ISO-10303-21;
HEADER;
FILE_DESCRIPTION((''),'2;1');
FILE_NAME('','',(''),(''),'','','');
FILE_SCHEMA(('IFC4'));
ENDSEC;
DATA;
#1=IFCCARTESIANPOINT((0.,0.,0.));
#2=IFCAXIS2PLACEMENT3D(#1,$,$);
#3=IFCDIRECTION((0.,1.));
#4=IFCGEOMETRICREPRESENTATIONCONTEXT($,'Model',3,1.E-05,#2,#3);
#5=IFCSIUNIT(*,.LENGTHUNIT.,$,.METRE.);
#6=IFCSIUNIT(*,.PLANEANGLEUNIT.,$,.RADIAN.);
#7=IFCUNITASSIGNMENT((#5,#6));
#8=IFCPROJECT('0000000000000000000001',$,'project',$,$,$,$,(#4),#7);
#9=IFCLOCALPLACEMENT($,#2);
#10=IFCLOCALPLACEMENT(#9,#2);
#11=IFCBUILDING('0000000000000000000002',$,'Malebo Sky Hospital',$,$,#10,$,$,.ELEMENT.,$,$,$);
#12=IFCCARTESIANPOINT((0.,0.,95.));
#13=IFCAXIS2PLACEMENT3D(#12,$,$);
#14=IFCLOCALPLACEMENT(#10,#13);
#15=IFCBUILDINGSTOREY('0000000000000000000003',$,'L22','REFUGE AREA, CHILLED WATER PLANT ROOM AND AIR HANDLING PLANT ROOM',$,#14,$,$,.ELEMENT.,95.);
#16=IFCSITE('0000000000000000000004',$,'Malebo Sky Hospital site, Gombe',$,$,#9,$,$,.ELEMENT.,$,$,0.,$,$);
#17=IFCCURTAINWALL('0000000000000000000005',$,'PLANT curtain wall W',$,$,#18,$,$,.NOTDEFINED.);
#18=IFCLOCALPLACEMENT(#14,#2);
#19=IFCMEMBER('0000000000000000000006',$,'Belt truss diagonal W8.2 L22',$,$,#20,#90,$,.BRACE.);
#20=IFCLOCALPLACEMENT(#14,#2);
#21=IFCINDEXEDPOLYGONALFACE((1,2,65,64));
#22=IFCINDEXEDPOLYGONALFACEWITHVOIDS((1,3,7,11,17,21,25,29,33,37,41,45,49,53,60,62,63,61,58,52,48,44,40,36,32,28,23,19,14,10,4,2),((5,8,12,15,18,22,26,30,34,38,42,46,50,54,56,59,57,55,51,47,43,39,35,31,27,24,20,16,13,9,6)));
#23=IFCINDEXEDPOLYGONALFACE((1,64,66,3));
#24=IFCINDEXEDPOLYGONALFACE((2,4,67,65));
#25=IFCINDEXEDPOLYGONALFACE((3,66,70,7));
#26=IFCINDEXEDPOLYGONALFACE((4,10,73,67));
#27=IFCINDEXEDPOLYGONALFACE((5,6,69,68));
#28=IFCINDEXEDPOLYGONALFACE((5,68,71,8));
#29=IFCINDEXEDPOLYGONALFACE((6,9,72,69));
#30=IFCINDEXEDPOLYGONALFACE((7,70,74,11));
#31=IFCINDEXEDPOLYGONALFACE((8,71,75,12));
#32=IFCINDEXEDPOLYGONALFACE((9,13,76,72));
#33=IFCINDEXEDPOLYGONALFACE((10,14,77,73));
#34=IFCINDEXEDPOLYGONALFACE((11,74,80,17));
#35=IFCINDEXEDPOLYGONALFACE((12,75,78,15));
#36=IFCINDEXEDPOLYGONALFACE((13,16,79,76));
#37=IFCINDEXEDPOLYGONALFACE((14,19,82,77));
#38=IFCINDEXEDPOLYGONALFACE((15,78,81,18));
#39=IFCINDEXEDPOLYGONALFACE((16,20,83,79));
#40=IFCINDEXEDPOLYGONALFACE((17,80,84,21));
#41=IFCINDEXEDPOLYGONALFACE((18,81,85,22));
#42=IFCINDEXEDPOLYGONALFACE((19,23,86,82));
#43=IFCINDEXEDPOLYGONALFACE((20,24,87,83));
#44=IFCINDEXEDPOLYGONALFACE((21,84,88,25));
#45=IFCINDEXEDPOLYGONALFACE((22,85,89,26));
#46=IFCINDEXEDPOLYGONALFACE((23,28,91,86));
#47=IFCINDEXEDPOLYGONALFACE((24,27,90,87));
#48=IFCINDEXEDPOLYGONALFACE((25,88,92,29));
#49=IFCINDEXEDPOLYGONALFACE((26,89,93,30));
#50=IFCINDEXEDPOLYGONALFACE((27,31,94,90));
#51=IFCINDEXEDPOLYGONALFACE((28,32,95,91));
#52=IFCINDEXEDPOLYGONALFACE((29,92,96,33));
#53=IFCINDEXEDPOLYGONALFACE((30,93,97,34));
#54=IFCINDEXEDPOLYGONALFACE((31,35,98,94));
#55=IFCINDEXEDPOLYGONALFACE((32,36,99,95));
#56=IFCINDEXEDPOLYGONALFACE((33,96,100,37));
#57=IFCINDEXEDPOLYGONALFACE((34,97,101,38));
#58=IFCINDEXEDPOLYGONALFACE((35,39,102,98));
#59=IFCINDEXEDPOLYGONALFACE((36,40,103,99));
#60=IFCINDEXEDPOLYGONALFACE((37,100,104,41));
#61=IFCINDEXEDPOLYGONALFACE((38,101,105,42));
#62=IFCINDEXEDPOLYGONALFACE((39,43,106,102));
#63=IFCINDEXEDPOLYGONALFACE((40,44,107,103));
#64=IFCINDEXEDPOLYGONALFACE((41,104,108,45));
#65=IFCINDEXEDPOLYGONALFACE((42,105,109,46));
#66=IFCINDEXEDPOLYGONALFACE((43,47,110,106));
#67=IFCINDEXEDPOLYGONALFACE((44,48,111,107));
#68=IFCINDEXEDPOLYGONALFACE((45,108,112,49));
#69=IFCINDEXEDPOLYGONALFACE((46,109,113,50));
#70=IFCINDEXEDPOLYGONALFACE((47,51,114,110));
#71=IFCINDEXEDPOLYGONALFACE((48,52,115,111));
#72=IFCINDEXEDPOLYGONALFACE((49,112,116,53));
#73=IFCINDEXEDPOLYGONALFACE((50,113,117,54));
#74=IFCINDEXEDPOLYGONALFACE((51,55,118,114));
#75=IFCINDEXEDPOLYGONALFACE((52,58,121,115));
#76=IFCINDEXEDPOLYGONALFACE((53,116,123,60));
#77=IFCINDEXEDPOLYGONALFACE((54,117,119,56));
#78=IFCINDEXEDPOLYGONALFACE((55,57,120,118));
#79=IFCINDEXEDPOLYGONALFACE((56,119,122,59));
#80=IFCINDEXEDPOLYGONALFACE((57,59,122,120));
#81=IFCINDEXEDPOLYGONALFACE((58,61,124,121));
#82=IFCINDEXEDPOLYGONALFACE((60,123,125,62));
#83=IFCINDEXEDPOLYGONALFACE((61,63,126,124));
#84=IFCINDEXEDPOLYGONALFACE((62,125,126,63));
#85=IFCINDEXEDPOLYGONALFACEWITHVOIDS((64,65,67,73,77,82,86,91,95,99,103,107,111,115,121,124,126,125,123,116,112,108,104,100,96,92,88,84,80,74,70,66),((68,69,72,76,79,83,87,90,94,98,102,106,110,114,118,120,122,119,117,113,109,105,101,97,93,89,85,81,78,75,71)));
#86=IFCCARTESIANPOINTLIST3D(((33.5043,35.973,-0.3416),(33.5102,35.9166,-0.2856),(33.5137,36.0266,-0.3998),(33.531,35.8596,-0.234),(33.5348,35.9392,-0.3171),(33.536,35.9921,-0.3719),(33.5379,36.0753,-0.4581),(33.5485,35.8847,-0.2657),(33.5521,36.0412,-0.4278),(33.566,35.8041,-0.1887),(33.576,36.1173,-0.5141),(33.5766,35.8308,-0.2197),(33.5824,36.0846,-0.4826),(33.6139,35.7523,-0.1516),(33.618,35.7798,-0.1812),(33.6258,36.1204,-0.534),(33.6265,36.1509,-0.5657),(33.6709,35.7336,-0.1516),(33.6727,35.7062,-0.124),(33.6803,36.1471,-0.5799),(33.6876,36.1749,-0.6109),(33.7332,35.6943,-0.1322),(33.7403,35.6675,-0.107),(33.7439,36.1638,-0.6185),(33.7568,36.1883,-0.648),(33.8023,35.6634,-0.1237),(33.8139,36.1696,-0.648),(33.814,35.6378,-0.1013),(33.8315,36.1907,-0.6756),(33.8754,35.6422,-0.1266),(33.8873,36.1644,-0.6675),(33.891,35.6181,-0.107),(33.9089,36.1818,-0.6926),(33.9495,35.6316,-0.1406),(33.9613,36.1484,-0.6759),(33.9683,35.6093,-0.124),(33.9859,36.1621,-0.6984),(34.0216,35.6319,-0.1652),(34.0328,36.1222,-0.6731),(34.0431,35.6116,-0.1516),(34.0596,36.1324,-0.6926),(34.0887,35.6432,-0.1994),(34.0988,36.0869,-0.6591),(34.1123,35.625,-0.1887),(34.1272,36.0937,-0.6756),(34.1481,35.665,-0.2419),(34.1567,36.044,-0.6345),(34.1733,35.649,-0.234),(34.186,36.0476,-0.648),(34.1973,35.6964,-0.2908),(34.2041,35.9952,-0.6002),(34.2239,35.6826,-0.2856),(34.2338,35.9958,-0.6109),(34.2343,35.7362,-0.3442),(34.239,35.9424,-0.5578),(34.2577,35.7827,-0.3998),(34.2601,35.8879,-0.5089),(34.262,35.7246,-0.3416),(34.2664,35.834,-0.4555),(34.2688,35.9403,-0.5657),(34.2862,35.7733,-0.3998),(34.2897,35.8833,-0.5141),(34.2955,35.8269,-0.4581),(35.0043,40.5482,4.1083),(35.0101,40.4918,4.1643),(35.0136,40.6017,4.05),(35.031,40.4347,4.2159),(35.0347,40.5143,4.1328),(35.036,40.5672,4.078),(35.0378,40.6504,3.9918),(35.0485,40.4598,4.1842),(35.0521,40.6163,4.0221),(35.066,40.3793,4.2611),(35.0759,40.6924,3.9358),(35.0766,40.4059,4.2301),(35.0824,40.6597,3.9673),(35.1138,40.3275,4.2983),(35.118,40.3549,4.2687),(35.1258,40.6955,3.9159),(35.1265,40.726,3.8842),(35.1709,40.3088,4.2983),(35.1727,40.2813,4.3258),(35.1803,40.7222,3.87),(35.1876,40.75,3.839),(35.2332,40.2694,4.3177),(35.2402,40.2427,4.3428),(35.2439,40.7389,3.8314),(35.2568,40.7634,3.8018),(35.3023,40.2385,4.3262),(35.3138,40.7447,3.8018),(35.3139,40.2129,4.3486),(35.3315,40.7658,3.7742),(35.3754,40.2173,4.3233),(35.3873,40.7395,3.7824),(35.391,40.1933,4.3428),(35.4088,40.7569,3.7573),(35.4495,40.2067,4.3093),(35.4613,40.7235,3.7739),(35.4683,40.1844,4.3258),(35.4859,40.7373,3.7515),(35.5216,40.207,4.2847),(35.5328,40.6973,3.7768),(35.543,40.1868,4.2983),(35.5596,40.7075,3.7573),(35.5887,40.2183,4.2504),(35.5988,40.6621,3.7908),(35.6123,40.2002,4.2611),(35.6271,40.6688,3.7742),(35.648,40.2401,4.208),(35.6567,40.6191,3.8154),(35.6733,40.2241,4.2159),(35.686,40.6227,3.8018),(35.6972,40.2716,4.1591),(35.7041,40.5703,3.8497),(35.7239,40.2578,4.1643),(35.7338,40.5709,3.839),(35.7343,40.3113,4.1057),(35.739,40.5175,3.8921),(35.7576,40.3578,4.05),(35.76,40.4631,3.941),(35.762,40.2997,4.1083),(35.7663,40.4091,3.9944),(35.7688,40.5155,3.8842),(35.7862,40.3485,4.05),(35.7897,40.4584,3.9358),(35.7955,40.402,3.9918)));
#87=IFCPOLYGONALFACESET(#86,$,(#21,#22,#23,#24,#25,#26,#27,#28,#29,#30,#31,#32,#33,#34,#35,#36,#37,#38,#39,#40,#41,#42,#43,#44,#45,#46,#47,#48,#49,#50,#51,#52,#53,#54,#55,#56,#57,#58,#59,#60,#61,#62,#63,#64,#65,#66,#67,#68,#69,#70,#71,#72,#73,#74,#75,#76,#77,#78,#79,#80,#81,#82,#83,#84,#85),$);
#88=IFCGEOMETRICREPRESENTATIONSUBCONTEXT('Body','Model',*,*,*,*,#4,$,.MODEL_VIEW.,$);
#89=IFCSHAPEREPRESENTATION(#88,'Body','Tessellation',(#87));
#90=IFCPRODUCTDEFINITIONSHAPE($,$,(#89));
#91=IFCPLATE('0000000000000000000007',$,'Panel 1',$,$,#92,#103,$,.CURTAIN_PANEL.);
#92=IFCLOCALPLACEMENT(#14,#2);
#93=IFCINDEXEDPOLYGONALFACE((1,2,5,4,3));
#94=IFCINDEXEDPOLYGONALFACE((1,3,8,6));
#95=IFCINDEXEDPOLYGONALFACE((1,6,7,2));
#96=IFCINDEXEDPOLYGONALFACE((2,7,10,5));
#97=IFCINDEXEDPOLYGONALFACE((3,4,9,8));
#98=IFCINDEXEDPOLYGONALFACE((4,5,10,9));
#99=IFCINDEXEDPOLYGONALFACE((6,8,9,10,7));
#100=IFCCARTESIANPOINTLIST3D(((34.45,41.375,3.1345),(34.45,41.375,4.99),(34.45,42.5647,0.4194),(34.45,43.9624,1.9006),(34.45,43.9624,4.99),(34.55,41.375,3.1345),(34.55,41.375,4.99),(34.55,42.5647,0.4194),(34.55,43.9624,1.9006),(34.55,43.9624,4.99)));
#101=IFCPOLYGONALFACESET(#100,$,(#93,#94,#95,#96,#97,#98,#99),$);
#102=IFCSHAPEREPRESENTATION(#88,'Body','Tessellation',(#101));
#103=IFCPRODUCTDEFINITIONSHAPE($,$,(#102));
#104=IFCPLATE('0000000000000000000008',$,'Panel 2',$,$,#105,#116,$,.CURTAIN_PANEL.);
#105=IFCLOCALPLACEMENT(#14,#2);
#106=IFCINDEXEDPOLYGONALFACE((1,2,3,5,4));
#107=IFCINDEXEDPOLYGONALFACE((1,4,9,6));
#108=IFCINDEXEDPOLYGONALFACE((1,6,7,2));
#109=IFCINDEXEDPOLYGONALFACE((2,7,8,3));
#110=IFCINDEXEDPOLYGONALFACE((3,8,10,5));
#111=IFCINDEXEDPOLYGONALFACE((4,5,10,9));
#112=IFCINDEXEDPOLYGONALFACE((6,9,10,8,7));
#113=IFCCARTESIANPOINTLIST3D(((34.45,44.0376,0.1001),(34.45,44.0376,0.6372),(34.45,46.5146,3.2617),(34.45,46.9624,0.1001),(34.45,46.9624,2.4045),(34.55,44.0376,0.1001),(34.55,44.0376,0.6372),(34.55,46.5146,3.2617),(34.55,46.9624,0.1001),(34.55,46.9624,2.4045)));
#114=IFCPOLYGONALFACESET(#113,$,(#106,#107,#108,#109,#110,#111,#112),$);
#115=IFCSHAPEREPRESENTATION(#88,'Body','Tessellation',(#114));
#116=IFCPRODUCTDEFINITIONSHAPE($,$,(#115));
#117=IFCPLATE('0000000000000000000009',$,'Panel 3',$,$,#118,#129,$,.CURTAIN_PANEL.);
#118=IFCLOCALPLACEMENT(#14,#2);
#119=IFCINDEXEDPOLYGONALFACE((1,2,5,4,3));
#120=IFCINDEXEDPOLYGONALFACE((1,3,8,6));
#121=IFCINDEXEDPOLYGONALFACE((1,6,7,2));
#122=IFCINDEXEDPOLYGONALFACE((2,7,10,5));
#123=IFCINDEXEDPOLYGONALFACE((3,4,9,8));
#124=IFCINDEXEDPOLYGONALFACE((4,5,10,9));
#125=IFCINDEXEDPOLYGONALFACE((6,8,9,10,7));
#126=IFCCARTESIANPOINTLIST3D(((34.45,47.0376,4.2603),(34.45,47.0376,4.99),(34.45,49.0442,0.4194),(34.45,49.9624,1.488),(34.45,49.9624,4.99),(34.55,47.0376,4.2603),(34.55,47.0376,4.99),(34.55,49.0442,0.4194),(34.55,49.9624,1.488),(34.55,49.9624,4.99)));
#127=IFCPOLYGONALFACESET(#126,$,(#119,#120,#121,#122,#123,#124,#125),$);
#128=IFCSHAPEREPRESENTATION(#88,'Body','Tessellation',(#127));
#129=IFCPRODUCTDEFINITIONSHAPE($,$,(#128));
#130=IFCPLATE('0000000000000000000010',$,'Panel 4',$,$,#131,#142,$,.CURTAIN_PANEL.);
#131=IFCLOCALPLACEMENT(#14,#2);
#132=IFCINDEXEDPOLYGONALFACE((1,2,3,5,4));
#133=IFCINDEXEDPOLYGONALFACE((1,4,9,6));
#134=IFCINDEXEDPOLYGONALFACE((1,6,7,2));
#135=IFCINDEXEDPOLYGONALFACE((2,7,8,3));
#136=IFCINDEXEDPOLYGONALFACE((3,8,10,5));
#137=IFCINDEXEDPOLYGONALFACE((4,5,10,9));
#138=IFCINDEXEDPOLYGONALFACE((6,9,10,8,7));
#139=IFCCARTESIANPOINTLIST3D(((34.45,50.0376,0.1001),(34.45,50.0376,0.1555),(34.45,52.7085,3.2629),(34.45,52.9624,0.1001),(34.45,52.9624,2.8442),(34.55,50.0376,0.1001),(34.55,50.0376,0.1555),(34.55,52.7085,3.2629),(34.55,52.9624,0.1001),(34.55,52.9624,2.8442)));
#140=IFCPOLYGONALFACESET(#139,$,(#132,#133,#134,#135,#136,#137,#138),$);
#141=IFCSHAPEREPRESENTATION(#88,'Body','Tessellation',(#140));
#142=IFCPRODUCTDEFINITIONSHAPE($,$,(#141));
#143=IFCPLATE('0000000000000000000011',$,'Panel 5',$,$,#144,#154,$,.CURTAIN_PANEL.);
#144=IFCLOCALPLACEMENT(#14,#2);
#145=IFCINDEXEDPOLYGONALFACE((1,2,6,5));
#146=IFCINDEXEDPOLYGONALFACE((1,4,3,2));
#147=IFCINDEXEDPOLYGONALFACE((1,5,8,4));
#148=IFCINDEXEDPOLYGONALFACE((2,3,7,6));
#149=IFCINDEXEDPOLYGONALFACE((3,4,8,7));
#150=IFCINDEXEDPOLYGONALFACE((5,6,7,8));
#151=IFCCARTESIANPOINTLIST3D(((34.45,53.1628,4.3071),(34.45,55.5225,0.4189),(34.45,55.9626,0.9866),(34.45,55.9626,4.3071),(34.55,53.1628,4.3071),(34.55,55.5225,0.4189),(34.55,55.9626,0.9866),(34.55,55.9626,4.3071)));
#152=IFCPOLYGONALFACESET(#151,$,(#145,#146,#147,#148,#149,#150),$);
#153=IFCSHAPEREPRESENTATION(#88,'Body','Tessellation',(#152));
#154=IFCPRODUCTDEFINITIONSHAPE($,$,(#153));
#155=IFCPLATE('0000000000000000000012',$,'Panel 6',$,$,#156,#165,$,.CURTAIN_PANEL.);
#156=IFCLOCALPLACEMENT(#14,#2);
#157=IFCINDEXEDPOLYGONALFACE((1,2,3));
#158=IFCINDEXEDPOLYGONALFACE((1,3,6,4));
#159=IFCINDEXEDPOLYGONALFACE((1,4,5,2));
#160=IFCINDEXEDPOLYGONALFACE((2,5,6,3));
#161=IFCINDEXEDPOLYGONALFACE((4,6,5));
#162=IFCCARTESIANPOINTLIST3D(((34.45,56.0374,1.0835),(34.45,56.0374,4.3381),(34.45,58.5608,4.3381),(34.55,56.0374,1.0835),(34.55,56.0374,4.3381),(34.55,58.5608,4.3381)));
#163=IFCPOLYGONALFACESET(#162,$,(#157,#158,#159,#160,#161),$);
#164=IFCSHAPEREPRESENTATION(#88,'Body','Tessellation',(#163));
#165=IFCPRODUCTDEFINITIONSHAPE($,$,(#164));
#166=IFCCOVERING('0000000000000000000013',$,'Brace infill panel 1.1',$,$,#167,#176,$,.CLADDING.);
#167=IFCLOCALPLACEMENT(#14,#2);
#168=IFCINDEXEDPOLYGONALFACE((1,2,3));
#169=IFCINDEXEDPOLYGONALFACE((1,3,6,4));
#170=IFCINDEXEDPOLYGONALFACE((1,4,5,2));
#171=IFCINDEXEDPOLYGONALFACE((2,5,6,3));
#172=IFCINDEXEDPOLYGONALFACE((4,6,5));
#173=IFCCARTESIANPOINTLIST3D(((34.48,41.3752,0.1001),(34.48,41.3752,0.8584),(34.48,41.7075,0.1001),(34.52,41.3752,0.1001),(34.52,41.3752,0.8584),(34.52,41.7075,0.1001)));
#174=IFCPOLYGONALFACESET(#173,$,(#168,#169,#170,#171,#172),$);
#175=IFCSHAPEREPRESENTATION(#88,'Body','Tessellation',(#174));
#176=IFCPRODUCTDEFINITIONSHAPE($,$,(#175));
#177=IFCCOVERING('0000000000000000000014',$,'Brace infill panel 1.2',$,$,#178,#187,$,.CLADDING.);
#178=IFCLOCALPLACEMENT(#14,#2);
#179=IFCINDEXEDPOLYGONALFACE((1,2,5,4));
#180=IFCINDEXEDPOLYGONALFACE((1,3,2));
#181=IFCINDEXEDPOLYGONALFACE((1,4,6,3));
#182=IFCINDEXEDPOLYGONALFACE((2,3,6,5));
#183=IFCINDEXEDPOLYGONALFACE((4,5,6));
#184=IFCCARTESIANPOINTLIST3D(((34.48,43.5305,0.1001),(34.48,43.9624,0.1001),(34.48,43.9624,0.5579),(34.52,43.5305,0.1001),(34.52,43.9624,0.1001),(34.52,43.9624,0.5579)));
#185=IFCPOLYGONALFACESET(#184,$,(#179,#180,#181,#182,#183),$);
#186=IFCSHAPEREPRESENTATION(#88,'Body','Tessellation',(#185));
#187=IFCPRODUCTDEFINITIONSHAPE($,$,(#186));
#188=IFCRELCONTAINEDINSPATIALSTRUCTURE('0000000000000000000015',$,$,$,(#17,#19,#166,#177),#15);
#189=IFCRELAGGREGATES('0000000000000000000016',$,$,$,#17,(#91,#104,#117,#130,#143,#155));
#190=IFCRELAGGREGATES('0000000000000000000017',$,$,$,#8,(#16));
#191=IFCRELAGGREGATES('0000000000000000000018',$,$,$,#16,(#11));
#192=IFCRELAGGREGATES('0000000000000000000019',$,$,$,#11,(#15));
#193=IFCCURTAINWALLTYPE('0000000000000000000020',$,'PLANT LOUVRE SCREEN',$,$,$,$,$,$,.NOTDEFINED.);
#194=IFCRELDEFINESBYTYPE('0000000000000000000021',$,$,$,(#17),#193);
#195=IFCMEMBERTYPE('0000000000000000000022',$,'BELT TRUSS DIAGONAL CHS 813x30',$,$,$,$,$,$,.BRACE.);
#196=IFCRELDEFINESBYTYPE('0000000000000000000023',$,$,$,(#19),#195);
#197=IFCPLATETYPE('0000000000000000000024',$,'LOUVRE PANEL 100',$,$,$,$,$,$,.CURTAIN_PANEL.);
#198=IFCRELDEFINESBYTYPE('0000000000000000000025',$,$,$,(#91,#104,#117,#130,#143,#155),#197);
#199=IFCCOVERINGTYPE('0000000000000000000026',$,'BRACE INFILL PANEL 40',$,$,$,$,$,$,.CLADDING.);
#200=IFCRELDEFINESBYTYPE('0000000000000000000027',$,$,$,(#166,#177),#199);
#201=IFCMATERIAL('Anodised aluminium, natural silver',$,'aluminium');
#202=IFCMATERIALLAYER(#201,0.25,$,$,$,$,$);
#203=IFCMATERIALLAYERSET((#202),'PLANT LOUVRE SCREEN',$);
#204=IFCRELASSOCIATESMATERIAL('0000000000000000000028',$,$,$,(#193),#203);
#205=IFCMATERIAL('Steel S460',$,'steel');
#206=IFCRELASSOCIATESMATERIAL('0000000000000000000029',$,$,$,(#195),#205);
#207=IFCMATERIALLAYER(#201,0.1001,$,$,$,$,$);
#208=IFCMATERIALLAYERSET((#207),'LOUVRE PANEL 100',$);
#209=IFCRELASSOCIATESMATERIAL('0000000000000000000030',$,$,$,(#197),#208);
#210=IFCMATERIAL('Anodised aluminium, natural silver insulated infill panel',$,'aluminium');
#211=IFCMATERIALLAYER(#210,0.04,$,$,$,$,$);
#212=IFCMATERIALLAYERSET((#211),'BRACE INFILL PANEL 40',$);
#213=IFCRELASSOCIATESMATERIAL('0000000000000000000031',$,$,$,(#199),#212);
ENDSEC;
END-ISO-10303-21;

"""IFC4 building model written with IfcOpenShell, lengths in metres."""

from ifc_helpers import new_model, si_unit, direction, frame, origin, origin_2d, place, context, subcontext, project, spatial, polyline, hollow_circle, outline, extrude, material, layer, layer_set, material_profile, profile_set, type_object, element, aggregate, save


model = new_model("IFC4")

# Units and contexts
model_context = context("Model", 3, precision=1e-05, world=origin(), true_north=direction((0.0, 1.0)))
body_context = subcontext(model_context, "Body", "Model", "MODEL_VIEW")
ifc_project = project(units=[si_unit("LENGTHUNIT", "METRE"), si_unit("PLANEANGLEUNIT", "RADIAN")], contexts=[model_context])

# Site, building, storey
site_placement = place(None, origin())
site = spatial("IfcSite", under=ifc_project, at=site_placement, Name="Malebo Sky Hospital site, Gombe", CompositionType="ELEMENT", RefElevation=0.0)
building_placement = place(site_placement, origin())
building = spatial("IfcBuilding", under=site, at=building_placement, Name="Malebo Sky Hospital", CompositionType="ELEMENT")
storey_placement = place(building_placement, frame((0.0, 0.0, 95.0)))
storey = spatial("IfcBuildingStorey", under=building, at=storey_placement, Name="L22", Description="REFUGE AREA, CHILLED WATER PLANT ROOM AND AIR HANDLING PLANT ROOM", CompositionType="ELEMENT", Elevation=95.0)

# Curtain wall
ifc_material_1 = material(Name="Anodised aluminium, natural silver", Category="aluminium")
ifc_layer_1 = layer(ifc_material_1, 0.25)
ifc_layer_set_1 = layer_set([ifc_layer_1], Name="PLANT LOUVRE SCREEN")
curtain_wall_type = type_object("IfcCurtainWallType", Name="PLANT LOUVRE SCREEN", PredefinedType="NOTDEFINED", material=ifc_layer_set_1)
curtain_wall_placement = place(storey_placement, origin())
curtain_wall = element("IfcCurtainWall", 1, at=curtain_wall_placement, inside=storey, type_object=curtain_wall_type, Name="PLANT curtain wall W", PredefinedType="NOTDEFINED")

# Member
ifc_material_2 = material(Name="Steel S460", Category="steel")
ifc_material_profile_1 = material_profile(ifc_material_2, hollow_circle(Radius=0.4065, WallThickness=0.03, at=origin_2d()), Name="CHS 813x30")
ifc_profile_set_1 = profile_set([ifc_material_profile_1], Name="Steel S460")
member_type_1 = type_object("IfcMemberType", Name="BELT TRUSS DIAGONAL CHS 813x30", PredefinedType="BRACE", material=ifc_profile_set_1)
member_1_placement = place(storey_placement, frame((35.3999, 40.4751, 4.05), z_axis=(-0.228789, -0.697837, -0.678734), x_axis=(0.950233, -0.311539, 0.0)))
element("IfcMember", 2, at=member_1_placement, inside=storey, type_object=member_type_1, Name="Belt truss diagonal W8.2 L22", PredefinedType="BRACE", context=body_context, shape_type="SweptSolid", body=[
    extrude(hollow_circle(Radius=0.4065, WallThickness=0.03, at=origin_2d()), origin(), (0.0, 0.0, 1.0), 6.5562),
])

# Plates
ifc_layer_2 = layer(ifc_material_1, 0.1001)
ifc_layer_set_2 = layer_set([ifc_layer_2], Name="LOUVRE PANEL 100")
plate_type = type_object("IfcPlateType", Name="LOUVRE PANEL 100", PredefinedType="CURTAIN_PANEL", material=ifc_layer_set_2)
plate_1_placement = place(storey_placement, frame((34.5, 42.6687, 0.4194), z_axis=(0.0, 0.0, 1.0), x_axis=(0.0, 1.0, 0.0)))
plate_1 = element("IfcPlate", 3, at=plate_1_placement, type_object=plate_type, Name="Panel 1", PredefinedType="CURTAIN_PANEL", context=body_context, shape_type="SweptSolid", body=[
    extrude(outline(polyline([(-0.104, 0.0), (1.2937, 1.4812), (1.2937, 4.5706), (-1.2937, 4.5706), (-1.2937, 2.7151), (-0.104, 0.0)])), frame((0.0, 0.05, 0.0), z_axis=(0.0, -1.0, 0.0), x_axis=(1.0, 0.0, 0.0)), (0.0, 0.0, 1.0), 0.1001),
])
plate_2_placement = place(storey_placement, frame((34.5, 45.5, 0.1001), z_axis=(0.0, 0.0, 1.0), x_axis=(0.0, 1.0, 0.0)))
plate_2 = element("IfcPlate", 4, at=plate_2_placement, type_object=plate_type, Name="Panel 2", PredefinedType="CURTAIN_PANEL", context=body_context, shape_type="SweptSolid", body=[
    extrude(outline(polyline([(-1.4624, 0.0), (1.4624, 0.0), (1.4624, 2.3044), (1.0146, 3.1616), (-1.4624, 0.5371), (-1.4624, 0.0)])), frame((0.0, 0.05, 0.0), z_axis=(0.0, -1.0, 0.0), x_axis=(1.0, 0.0, 0.0)), (0.0, 0.0, 1.0), 0.1001),
])
plate_3_placement = place(storey_placement, frame((34.5, 48.5, 0.4194), z_axis=(0.0, 0.0, 1.0), x_axis=(0.0, 1.0, 0.0)))
plate_3 = element("IfcPlate", 5, at=plate_3_placement, type_object=plate_type, Name="Panel 3", PredefinedType="CURTAIN_PANEL", context=body_context, shape_type="SweptSolid", body=[
    extrude(outline(polyline([(0.5442, 0.0), (1.4624, 1.0686), (1.4624, 4.5706), (-1.4624, 4.5706), (-1.4624, 3.8408), (0.5442, 0.0)])), frame((0.0, 0.05, 0.0), z_axis=(0.0, -1.0, 0.0), x_axis=(1.0, 0.0, 0.0)), (0.0, 0.0, 1.0), 0.1001),
])
plate_4_placement = place(storey_placement, frame((34.5, 51.5, 0.1001), z_axis=(0.0, 0.0, 1.0), x_axis=(0.0, 1.0, 0.0)))
plate_4 = element("IfcPlate", 6, at=plate_4_placement, type_object=plate_type, Name="Panel 4", PredefinedType="CURTAIN_PANEL", context=body_context, shape_type="SweptSolid", body=[
    extrude(outline(polyline([(-1.4624, 0.0), (1.4624, 0.0), (1.4624, 2.7441), (1.2085, 3.1628), (-1.4624, 0.0554), (-1.4624, 0.0)])), frame((0.0, 0.05, 0.0), z_axis=(0.0, -1.0, 0.0), x_axis=(1.0, 0.0, 0.0)), (0.0, 0.0, 1.0), 0.1001),
])
plate_5_placement = place(storey_placement, frame((34.5, 54.5627, 0.4189), z_axis=(0.0, 0.0, 1.0), x_axis=(0.0, 1.0, 0.0)))
plate_5 = element("IfcPlate", 7, at=plate_5_placement, type_object=plate_type, Name="Panel 5", PredefinedType="CURTAIN_PANEL", context=body_context, shape_type="SweptSolid", body=[
    extrude(outline(polyline([(0.9597, 0.0), (1.3999, 0.5676), (1.3999, 3.8882), (-1.3999, 3.8882), (0.9597, 0.0)])), frame((0.0, 0.05, 0.0), z_axis=(0.0, -1.0, 0.0), x_axis=(1.0, 0.0, 0.0)), (0.0, 0.0, 1.0), 0.1001),
])
plate_6_placement = place(storey_placement, frame((34.5, 57.2991, 1.0835), z_axis=(0.0, 0.0, 1.0), x_axis=(0.0, 1.0, 0.0)))
plate_6 = element("IfcPlate", 8, at=plate_6_placement, type_object=plate_type, Name="Panel 6", PredefinedType="CURTAIN_PANEL", context=body_context, shape_type="SweptSolid", body=[
    extrude(outline(polyline([(-1.2617, 0.0), (1.2617, 3.2546), (-1.2617, 3.2546), (-1.2617, 0.0)])), frame((0.0, 0.05, 0.0), z_axis=(0.0, -1.0, 0.0), x_axis=(1.0, 0.0, 0.0)), (0.0, 0.0, 1.0), 0.1001),
])
aggregate(curtain_wall, [plate_1, plate_2, plate_3, plate_4, plate_5, plate_6])

# Coverings
ifc_material_3 = material(Name="Anodised aluminium, natural silver insulated infill panel", Category="aluminium")
ifc_layer_3 = layer(ifc_material_3, 0.04)
ifc_layer_set_3 = layer_set([ifc_layer_3], Name="BRACE INFILL PANEL 40")
covering_type = type_object("IfcCoveringType", Name="BRACE INFILL PANEL 40", PredefinedType="CLADDING", material=ifc_layer_set_3)
covering_1_placement = place(storey_placement, frame((34.5, 41.5413, 0.1001), z_axis=(0.0, 0.0, 1.0), x_axis=(0.0, 1.0, 0.0)))
element("IfcCovering", 9, at=covering_1_placement, inside=storey, type_object=covering_type, Name="Brace infill panel 1.1", PredefinedType="CLADDING", context=body_context, shape_type="SweptSolid", body=[
    extrude(outline(polyline([(-0.166, 0.0), (0.1663, 0.0), (-0.166, 0.7583), (-0.166, 0.0)])), frame((0.0, 0.02, 0.0), z_axis=(0.0, -1.0, 0.0), x_axis=(1.0, 0.0, 0.0)), (0.0, 0.0, 1.0), 0.04),
])
covering_2_placement = place(storey_placement, frame((34.5, 43.7463, 0.1001), z_axis=(0.0, 0.0, 1.0), x_axis=(0.0, 1.0, 0.0)))
element("IfcCovering", 10, at=covering_2_placement, inside=storey, type_object=covering_type, Name="Brace infill panel 1.2", PredefinedType="CLADDING", context=body_context, shape_type="SweptSolid", body=[
    extrude(outline(polyline([(-0.2158, 0.0), (0.2161, 0.0), (0.2161, 0.4578), (-0.2158, 0.0)])), frame((0.0, 0.02, 0.0), z_axis=(0.0, -1.0, 0.0), x_axis=(1.0, 0.0, 0.0)), (0.0, 0.0, 1.0), 0.04),
])

save(model, "model.ifc")
